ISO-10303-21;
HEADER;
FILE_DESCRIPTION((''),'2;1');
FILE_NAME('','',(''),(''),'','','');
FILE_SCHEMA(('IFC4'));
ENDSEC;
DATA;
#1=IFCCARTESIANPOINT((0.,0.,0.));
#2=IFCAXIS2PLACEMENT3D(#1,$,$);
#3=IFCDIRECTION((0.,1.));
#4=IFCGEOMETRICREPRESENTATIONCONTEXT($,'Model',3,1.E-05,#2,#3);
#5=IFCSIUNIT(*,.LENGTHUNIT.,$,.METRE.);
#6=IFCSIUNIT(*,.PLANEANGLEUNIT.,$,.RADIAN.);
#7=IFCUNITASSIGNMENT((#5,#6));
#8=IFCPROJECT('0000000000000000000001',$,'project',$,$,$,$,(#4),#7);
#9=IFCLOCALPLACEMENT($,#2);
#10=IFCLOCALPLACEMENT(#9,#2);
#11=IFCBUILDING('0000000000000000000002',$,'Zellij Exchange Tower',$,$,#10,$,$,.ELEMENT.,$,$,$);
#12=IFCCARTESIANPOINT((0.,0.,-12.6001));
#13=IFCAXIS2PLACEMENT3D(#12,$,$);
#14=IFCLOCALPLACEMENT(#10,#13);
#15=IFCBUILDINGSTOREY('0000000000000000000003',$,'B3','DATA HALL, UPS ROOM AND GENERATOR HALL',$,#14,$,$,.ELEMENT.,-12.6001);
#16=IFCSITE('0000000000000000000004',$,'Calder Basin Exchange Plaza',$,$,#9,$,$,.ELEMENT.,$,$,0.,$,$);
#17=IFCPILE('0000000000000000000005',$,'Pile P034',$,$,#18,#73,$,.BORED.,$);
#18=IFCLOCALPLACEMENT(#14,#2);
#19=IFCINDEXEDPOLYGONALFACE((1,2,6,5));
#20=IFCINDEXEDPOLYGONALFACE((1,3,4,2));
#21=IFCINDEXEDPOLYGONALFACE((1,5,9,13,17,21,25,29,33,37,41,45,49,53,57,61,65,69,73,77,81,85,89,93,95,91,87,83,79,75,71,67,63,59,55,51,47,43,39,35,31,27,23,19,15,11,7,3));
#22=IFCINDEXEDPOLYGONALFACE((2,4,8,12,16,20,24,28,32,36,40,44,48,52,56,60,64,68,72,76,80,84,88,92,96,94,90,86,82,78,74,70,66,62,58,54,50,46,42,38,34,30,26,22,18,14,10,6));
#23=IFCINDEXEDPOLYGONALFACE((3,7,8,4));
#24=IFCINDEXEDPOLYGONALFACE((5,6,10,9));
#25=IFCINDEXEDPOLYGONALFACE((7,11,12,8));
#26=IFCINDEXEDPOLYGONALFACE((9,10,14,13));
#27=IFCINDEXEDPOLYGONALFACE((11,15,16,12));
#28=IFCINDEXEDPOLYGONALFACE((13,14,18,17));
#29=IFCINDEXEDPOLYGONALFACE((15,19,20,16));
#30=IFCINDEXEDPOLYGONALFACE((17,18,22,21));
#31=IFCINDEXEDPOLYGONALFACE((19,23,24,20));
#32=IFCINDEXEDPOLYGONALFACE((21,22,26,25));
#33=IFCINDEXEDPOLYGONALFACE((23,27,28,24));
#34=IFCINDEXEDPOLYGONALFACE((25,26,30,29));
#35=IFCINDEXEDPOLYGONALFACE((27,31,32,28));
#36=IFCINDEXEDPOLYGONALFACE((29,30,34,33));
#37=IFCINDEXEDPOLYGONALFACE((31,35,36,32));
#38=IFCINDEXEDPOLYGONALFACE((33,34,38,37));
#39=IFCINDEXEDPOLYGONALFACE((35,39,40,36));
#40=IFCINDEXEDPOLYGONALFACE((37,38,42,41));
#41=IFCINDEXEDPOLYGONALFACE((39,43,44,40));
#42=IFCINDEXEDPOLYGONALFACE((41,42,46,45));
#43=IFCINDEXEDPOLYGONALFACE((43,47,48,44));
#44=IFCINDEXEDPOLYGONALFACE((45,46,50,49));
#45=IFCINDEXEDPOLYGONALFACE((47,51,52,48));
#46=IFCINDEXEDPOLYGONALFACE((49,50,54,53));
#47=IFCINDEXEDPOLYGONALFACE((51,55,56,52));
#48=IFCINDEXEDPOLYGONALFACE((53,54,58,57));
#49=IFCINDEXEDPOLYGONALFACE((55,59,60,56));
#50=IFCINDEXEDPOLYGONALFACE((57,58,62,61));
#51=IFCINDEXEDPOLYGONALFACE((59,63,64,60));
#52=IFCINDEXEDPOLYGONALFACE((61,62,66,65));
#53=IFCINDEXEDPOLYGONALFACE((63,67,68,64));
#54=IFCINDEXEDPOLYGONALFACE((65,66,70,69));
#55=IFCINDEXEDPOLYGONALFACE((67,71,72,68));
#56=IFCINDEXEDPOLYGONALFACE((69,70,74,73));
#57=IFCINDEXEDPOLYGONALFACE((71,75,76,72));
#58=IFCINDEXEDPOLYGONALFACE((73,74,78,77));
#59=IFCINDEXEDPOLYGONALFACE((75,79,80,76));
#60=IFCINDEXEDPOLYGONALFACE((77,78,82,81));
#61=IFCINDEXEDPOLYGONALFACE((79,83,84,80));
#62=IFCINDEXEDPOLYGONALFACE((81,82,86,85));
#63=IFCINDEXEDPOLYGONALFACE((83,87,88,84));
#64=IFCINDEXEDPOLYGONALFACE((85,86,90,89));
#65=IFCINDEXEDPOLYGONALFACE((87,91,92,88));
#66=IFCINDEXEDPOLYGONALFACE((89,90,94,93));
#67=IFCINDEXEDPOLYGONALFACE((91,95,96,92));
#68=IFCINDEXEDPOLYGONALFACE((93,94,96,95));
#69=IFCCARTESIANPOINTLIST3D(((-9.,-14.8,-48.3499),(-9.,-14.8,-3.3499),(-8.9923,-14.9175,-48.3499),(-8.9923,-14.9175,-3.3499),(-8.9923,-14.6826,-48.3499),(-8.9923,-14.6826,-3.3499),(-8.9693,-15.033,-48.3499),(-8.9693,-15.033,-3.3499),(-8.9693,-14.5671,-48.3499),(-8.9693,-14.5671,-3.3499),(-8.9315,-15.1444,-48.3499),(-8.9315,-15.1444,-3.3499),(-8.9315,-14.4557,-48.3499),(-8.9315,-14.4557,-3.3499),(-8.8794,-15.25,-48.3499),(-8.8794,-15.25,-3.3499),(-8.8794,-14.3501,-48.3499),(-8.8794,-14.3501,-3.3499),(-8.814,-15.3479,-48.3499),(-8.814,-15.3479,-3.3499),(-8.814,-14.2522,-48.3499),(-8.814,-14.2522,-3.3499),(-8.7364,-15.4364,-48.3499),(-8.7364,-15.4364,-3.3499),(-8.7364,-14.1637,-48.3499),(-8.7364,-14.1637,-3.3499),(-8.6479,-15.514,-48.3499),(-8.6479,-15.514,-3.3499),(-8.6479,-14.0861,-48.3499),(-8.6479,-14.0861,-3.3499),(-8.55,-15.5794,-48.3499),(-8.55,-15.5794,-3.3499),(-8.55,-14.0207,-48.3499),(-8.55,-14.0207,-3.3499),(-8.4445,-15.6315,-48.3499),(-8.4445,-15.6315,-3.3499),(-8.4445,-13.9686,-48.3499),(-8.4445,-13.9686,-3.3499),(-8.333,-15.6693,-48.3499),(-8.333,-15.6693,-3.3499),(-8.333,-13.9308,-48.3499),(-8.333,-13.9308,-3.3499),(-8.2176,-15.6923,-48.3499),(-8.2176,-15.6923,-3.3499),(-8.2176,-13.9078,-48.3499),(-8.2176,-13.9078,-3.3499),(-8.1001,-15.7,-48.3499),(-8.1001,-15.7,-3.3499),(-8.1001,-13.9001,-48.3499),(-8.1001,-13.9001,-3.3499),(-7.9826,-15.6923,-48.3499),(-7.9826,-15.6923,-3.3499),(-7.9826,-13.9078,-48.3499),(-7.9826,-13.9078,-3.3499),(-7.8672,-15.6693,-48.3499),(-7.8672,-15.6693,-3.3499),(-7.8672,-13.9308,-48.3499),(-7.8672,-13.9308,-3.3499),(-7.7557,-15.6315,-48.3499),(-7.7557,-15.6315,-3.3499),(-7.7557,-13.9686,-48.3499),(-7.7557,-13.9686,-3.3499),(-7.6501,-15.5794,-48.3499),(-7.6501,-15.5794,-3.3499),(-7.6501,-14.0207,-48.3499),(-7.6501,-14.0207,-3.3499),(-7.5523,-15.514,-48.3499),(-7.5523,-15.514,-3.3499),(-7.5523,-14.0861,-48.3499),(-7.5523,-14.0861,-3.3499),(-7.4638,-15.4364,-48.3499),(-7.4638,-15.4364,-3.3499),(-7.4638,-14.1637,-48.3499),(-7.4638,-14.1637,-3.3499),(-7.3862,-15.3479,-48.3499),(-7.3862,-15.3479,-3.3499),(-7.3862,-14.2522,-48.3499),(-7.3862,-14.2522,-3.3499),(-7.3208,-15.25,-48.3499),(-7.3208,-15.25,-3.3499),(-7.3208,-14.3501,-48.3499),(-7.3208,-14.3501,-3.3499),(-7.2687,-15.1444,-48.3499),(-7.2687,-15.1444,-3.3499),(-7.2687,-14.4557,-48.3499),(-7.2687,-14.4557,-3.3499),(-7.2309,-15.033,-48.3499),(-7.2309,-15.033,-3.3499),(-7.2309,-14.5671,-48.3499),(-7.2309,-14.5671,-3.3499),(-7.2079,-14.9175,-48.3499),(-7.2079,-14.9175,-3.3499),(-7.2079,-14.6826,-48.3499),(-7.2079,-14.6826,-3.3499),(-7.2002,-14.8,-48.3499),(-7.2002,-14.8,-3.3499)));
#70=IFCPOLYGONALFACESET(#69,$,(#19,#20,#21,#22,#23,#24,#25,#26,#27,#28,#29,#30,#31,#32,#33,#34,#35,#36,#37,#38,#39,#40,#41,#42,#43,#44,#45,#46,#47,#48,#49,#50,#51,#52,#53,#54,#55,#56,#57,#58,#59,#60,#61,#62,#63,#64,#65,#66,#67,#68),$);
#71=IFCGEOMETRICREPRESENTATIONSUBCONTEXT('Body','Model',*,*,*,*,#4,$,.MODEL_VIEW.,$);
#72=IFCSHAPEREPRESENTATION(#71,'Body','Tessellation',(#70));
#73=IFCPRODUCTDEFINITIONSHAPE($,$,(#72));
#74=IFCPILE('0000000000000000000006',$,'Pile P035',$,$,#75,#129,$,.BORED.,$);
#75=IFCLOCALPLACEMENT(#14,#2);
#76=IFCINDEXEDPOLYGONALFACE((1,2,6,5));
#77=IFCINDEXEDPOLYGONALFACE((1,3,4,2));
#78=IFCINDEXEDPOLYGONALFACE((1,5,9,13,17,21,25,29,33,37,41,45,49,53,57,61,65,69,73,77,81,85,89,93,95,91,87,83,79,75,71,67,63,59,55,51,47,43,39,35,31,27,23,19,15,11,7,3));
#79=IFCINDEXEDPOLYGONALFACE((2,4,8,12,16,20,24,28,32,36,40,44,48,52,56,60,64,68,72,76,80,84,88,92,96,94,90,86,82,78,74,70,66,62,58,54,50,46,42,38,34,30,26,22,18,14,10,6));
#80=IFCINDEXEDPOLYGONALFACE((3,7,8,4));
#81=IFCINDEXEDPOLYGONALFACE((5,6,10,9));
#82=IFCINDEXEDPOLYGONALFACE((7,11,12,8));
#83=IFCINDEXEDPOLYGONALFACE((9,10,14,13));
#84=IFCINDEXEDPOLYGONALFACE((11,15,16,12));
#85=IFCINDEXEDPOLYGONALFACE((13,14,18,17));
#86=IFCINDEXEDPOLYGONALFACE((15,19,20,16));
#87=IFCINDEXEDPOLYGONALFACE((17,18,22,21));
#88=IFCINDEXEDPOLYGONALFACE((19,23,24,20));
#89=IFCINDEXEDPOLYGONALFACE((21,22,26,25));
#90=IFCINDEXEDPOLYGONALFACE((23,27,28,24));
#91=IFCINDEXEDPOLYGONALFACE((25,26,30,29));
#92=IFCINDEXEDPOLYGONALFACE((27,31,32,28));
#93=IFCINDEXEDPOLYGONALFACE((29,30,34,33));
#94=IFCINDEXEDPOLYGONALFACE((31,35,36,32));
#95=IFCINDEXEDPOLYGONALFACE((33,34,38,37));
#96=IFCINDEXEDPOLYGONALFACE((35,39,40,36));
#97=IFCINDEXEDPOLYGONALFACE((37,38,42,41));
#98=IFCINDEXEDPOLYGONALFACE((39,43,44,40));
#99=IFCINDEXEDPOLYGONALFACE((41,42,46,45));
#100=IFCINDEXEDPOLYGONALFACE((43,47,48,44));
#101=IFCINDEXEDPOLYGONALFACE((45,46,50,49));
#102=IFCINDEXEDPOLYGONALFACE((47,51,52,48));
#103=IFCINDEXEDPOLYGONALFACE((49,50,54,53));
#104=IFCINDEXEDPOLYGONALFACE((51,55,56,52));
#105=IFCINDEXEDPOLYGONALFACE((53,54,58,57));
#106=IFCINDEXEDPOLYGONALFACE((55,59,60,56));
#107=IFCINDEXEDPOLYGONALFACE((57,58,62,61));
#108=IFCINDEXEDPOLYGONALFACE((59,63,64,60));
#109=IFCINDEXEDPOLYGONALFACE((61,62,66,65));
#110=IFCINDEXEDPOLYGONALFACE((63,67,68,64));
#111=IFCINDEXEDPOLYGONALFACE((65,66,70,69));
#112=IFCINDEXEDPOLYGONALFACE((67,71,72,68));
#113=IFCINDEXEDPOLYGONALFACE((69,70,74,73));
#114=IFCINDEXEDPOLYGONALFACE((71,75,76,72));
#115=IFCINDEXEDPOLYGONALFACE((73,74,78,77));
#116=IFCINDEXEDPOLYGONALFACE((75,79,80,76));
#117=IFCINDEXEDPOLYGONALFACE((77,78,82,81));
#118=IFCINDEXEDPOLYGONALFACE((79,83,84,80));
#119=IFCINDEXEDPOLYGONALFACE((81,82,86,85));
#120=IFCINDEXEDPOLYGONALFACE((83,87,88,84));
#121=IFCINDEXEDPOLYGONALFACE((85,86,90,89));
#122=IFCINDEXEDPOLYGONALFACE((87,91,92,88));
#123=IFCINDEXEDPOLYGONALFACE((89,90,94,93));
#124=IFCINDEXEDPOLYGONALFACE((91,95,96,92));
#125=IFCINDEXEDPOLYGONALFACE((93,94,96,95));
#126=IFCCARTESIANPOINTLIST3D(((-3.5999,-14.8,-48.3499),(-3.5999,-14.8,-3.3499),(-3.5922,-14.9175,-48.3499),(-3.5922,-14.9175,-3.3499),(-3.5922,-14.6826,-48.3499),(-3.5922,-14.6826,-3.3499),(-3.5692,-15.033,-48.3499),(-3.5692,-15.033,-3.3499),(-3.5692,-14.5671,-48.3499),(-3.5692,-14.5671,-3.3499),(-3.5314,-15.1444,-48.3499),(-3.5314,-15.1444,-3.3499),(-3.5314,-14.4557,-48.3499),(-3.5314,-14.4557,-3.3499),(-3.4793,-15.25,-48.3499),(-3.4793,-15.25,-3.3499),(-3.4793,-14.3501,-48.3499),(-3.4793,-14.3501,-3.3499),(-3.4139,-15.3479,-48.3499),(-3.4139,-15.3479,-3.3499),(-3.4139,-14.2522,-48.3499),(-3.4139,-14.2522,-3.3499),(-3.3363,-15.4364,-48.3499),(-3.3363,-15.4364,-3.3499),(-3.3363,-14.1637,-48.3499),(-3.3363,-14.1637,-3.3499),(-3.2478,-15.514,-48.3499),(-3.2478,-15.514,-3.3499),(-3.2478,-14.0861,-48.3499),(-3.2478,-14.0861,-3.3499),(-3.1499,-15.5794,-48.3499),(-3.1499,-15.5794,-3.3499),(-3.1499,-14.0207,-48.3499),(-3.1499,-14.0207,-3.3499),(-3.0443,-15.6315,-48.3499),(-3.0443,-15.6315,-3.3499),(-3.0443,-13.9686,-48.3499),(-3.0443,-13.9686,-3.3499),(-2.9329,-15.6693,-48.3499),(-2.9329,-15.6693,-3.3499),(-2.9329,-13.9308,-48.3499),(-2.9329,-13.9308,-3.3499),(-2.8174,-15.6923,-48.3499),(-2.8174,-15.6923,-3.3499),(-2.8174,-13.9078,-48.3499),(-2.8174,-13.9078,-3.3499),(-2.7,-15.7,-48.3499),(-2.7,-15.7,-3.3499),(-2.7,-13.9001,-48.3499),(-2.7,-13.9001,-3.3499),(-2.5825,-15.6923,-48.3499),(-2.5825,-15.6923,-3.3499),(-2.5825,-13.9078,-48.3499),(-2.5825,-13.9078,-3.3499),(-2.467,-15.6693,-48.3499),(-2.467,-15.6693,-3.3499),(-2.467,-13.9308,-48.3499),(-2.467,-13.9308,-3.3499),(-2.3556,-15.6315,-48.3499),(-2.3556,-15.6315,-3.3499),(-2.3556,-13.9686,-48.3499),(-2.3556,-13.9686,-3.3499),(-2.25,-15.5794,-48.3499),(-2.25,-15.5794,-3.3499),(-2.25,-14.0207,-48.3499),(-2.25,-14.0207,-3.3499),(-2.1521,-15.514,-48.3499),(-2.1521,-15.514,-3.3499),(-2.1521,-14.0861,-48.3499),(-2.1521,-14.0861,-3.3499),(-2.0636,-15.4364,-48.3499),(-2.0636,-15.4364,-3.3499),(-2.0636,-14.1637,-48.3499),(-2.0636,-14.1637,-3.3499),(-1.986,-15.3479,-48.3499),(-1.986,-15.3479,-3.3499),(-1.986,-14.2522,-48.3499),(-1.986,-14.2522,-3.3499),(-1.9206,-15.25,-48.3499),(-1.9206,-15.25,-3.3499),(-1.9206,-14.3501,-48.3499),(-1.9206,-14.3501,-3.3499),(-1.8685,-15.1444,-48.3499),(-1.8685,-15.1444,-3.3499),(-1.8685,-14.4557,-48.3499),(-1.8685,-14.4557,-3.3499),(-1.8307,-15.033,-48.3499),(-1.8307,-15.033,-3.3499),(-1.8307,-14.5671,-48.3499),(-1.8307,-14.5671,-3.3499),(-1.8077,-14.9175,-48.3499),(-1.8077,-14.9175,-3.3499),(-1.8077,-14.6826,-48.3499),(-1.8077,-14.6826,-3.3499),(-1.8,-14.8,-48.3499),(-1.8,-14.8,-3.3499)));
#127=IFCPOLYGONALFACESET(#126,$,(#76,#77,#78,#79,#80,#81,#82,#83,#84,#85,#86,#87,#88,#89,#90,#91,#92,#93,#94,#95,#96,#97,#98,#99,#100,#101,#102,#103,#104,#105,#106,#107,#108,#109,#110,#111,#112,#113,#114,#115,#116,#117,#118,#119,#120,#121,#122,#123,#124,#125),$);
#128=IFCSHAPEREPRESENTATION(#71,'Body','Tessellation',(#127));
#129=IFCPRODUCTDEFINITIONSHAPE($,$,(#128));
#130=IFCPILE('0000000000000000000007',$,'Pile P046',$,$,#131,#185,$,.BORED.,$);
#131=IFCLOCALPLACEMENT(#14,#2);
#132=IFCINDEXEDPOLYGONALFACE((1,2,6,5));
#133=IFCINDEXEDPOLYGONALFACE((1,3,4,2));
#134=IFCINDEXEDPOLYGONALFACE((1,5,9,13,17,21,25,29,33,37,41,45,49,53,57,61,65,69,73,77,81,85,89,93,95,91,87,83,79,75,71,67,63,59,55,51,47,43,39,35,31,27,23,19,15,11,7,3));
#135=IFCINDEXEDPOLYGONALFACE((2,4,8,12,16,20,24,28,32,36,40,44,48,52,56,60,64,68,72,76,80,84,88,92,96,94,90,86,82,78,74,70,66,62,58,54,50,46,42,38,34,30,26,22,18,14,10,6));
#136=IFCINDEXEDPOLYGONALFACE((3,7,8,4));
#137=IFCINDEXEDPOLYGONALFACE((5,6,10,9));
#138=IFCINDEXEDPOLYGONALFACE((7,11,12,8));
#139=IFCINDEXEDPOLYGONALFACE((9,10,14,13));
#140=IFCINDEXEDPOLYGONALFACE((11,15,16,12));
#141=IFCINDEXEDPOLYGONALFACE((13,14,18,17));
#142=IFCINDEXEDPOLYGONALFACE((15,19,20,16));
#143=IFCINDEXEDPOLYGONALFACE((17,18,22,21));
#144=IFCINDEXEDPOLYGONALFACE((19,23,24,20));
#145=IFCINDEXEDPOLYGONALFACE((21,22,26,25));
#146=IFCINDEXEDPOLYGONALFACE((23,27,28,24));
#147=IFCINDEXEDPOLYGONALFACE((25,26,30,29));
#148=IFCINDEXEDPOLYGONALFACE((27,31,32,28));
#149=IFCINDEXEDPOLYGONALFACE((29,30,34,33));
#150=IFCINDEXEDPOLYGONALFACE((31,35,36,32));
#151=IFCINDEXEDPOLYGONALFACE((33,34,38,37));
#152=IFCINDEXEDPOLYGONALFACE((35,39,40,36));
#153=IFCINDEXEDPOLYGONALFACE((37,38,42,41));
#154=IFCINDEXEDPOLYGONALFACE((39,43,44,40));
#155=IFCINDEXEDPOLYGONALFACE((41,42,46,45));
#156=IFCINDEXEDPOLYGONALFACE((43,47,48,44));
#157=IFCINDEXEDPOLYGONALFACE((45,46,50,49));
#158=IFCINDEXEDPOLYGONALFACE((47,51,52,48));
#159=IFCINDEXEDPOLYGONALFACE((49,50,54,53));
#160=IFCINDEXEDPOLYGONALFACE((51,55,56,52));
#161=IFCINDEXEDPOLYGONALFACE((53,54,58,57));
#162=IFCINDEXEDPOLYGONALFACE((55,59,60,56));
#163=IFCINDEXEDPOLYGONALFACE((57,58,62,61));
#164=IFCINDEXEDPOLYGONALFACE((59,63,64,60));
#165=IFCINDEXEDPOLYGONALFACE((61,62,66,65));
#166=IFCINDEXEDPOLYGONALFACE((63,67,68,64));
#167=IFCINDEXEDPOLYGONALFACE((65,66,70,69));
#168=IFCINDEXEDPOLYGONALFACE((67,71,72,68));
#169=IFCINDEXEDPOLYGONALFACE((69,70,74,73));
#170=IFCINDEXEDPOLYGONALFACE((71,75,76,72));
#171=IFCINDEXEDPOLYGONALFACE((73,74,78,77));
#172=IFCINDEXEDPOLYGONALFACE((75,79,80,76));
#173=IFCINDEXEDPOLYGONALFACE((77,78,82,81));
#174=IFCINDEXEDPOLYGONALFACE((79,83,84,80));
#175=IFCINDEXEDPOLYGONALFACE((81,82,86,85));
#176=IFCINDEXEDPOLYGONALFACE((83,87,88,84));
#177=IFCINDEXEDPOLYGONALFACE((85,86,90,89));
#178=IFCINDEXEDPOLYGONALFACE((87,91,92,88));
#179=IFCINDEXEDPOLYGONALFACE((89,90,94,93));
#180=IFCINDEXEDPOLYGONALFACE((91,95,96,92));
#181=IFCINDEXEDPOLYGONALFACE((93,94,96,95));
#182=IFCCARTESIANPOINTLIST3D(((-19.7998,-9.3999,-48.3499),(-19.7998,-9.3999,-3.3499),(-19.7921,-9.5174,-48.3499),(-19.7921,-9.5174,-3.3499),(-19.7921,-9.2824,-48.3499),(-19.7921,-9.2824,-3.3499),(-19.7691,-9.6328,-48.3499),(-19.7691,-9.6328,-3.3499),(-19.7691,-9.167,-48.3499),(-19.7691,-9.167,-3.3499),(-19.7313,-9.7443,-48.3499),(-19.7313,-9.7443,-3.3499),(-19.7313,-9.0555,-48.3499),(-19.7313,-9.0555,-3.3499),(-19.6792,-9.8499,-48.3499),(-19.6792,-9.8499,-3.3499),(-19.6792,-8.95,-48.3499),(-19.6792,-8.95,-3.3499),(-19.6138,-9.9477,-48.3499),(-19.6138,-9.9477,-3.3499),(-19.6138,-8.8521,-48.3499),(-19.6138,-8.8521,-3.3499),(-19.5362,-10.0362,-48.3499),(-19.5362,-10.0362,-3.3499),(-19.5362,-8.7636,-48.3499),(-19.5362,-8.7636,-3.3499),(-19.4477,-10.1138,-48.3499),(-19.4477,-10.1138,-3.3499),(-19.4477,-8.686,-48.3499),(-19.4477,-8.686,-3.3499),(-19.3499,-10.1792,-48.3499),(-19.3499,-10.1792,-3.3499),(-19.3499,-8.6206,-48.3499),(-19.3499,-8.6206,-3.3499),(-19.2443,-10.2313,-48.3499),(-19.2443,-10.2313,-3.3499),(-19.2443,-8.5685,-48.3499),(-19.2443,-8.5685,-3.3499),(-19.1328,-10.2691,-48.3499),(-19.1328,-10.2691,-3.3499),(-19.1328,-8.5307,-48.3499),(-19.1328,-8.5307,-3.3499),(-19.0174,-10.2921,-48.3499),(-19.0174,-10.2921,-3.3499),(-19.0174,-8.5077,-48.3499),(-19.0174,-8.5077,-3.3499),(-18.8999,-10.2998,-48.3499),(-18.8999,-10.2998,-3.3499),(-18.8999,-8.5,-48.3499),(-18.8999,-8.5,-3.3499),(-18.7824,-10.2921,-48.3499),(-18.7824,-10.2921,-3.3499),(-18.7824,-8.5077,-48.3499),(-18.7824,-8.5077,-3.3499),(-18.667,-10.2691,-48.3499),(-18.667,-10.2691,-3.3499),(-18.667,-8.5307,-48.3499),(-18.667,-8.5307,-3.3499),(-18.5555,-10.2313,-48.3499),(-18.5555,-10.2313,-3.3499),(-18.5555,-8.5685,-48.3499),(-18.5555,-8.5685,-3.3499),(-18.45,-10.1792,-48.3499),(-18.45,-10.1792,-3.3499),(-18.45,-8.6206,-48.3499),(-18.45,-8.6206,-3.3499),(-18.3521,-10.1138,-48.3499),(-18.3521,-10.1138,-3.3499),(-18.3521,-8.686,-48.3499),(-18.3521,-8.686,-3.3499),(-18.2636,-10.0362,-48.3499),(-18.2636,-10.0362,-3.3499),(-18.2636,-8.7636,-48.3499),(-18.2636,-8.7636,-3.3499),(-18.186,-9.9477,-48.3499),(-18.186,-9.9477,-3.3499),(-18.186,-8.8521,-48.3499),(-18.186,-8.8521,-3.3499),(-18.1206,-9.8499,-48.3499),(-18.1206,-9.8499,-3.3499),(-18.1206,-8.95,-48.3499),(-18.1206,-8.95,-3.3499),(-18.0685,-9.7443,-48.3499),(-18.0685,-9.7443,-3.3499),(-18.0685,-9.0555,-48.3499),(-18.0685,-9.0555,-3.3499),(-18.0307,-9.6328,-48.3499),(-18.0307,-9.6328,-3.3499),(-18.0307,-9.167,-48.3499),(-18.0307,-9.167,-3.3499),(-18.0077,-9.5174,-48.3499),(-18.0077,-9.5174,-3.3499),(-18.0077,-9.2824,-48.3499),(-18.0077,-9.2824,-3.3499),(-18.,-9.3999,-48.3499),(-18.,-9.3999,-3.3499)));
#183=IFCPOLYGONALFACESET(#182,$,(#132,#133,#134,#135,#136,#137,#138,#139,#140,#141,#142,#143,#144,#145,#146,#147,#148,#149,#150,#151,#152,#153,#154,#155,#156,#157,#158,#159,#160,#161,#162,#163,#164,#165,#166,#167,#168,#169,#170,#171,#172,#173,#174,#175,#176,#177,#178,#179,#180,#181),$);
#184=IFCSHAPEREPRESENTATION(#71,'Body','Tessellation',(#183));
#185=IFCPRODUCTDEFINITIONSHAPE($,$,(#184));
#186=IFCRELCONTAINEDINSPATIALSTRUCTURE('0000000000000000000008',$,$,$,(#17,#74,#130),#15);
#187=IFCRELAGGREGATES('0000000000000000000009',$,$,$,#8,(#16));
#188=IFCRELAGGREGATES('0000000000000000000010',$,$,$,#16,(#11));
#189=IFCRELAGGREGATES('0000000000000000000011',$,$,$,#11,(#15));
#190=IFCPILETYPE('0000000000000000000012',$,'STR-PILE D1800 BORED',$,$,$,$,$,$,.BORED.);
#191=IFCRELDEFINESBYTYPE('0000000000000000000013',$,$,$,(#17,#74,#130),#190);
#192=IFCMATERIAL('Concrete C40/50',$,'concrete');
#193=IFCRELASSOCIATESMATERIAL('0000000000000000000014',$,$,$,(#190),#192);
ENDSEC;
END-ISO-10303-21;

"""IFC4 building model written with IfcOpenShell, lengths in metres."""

from ifc_helpers import new_model, si_unit, direction, frame, origin, origin_2d, place, context, subcontext, project, spatial, circle, extrude, material, material_profile, profile_set, type_object, element, save


model = new_model("IFC4")

# Units and contexts
model_context = context("Model", 3, precision=1e-05, world=origin(), true_north=direction((0.0, 1.0)))
body_context = subcontext(model_context, "Body", "Model", "MODEL_VIEW")
ifc_project = project(units=[si_unit("LENGTHUNIT", "METRE"), si_unit("PLANEANGLEUNIT", "RADIAN")], contexts=[model_context])

# Site, building, storey
site_placement = place(None, origin())
site = spatial("IfcSite", under=ifc_project, at=site_placement, Name="Calder Basin Exchange Plaza", CompositionType="ELEMENT", RefElevation=0.0)
building_placement = place(site_placement, origin())
building = spatial("IfcBuilding", under=site, at=building_placement, Name="Zellij Exchange Tower", CompositionType="ELEMENT")
storey_placement = place(building_placement, frame((0.0, 0.0, -12.6001)))
storey = spatial("IfcBuildingStorey", under=building, at=storey_placement, Name="B3", Description="DATA HALL, UPS ROOM AND GENERATOR HALL", CompositionType="ELEMENT", Elevation=-12.6001)

# Piles
ifc_material_1 = material(Name="Concrete C40/50", Category="concrete")
ifc_material_profile_1 = material_profile(ifc_material_1, circle(Radius=0.8999, at=origin_2d()), Name="STR-PILE D1800 BORED")
ifc_profile_set_1 = profile_set([ifc_material_profile_1], Name="Concrete C40/50")
pile_type = type_object("IfcPileType", Name="STR-PILE D1800 BORED", PredefinedType="BORED", material=ifc_profile_set_1)
for number, where, z_axis, x_axis, name in (
    (1, (-8.1001, -14.8, -3.3499), (0.0, 0.0, -1.0), (1.0, 0.0, 0.0), "Pile P034"),
    (2, (-2.7, -14.8, -3.3499), (0.0, 0.0, -1.0), (1.0, 0.0, 0.0), "Pile P035"),
    (3, (-18.8999, -9.3999, -3.3499), (0.0, 0.0, -1.0), (1.0, 0.0, 0.0), "Pile P046"),
):
    element("IfcPile", number, at=place(storey_placement, frame(where, z_axis=z_axis, x_axis=x_axis)), inside=storey, type_object=pile_type, Name=name, PredefinedType="BORED", context=body_context, shape_type="SweptSolid", body=[
        extrude(circle(Radius=0.8999, at=origin_2d()), origin(), (0.0, 0.0, 1.0), 45.0),
    ])

save(model, "model.ifc")
